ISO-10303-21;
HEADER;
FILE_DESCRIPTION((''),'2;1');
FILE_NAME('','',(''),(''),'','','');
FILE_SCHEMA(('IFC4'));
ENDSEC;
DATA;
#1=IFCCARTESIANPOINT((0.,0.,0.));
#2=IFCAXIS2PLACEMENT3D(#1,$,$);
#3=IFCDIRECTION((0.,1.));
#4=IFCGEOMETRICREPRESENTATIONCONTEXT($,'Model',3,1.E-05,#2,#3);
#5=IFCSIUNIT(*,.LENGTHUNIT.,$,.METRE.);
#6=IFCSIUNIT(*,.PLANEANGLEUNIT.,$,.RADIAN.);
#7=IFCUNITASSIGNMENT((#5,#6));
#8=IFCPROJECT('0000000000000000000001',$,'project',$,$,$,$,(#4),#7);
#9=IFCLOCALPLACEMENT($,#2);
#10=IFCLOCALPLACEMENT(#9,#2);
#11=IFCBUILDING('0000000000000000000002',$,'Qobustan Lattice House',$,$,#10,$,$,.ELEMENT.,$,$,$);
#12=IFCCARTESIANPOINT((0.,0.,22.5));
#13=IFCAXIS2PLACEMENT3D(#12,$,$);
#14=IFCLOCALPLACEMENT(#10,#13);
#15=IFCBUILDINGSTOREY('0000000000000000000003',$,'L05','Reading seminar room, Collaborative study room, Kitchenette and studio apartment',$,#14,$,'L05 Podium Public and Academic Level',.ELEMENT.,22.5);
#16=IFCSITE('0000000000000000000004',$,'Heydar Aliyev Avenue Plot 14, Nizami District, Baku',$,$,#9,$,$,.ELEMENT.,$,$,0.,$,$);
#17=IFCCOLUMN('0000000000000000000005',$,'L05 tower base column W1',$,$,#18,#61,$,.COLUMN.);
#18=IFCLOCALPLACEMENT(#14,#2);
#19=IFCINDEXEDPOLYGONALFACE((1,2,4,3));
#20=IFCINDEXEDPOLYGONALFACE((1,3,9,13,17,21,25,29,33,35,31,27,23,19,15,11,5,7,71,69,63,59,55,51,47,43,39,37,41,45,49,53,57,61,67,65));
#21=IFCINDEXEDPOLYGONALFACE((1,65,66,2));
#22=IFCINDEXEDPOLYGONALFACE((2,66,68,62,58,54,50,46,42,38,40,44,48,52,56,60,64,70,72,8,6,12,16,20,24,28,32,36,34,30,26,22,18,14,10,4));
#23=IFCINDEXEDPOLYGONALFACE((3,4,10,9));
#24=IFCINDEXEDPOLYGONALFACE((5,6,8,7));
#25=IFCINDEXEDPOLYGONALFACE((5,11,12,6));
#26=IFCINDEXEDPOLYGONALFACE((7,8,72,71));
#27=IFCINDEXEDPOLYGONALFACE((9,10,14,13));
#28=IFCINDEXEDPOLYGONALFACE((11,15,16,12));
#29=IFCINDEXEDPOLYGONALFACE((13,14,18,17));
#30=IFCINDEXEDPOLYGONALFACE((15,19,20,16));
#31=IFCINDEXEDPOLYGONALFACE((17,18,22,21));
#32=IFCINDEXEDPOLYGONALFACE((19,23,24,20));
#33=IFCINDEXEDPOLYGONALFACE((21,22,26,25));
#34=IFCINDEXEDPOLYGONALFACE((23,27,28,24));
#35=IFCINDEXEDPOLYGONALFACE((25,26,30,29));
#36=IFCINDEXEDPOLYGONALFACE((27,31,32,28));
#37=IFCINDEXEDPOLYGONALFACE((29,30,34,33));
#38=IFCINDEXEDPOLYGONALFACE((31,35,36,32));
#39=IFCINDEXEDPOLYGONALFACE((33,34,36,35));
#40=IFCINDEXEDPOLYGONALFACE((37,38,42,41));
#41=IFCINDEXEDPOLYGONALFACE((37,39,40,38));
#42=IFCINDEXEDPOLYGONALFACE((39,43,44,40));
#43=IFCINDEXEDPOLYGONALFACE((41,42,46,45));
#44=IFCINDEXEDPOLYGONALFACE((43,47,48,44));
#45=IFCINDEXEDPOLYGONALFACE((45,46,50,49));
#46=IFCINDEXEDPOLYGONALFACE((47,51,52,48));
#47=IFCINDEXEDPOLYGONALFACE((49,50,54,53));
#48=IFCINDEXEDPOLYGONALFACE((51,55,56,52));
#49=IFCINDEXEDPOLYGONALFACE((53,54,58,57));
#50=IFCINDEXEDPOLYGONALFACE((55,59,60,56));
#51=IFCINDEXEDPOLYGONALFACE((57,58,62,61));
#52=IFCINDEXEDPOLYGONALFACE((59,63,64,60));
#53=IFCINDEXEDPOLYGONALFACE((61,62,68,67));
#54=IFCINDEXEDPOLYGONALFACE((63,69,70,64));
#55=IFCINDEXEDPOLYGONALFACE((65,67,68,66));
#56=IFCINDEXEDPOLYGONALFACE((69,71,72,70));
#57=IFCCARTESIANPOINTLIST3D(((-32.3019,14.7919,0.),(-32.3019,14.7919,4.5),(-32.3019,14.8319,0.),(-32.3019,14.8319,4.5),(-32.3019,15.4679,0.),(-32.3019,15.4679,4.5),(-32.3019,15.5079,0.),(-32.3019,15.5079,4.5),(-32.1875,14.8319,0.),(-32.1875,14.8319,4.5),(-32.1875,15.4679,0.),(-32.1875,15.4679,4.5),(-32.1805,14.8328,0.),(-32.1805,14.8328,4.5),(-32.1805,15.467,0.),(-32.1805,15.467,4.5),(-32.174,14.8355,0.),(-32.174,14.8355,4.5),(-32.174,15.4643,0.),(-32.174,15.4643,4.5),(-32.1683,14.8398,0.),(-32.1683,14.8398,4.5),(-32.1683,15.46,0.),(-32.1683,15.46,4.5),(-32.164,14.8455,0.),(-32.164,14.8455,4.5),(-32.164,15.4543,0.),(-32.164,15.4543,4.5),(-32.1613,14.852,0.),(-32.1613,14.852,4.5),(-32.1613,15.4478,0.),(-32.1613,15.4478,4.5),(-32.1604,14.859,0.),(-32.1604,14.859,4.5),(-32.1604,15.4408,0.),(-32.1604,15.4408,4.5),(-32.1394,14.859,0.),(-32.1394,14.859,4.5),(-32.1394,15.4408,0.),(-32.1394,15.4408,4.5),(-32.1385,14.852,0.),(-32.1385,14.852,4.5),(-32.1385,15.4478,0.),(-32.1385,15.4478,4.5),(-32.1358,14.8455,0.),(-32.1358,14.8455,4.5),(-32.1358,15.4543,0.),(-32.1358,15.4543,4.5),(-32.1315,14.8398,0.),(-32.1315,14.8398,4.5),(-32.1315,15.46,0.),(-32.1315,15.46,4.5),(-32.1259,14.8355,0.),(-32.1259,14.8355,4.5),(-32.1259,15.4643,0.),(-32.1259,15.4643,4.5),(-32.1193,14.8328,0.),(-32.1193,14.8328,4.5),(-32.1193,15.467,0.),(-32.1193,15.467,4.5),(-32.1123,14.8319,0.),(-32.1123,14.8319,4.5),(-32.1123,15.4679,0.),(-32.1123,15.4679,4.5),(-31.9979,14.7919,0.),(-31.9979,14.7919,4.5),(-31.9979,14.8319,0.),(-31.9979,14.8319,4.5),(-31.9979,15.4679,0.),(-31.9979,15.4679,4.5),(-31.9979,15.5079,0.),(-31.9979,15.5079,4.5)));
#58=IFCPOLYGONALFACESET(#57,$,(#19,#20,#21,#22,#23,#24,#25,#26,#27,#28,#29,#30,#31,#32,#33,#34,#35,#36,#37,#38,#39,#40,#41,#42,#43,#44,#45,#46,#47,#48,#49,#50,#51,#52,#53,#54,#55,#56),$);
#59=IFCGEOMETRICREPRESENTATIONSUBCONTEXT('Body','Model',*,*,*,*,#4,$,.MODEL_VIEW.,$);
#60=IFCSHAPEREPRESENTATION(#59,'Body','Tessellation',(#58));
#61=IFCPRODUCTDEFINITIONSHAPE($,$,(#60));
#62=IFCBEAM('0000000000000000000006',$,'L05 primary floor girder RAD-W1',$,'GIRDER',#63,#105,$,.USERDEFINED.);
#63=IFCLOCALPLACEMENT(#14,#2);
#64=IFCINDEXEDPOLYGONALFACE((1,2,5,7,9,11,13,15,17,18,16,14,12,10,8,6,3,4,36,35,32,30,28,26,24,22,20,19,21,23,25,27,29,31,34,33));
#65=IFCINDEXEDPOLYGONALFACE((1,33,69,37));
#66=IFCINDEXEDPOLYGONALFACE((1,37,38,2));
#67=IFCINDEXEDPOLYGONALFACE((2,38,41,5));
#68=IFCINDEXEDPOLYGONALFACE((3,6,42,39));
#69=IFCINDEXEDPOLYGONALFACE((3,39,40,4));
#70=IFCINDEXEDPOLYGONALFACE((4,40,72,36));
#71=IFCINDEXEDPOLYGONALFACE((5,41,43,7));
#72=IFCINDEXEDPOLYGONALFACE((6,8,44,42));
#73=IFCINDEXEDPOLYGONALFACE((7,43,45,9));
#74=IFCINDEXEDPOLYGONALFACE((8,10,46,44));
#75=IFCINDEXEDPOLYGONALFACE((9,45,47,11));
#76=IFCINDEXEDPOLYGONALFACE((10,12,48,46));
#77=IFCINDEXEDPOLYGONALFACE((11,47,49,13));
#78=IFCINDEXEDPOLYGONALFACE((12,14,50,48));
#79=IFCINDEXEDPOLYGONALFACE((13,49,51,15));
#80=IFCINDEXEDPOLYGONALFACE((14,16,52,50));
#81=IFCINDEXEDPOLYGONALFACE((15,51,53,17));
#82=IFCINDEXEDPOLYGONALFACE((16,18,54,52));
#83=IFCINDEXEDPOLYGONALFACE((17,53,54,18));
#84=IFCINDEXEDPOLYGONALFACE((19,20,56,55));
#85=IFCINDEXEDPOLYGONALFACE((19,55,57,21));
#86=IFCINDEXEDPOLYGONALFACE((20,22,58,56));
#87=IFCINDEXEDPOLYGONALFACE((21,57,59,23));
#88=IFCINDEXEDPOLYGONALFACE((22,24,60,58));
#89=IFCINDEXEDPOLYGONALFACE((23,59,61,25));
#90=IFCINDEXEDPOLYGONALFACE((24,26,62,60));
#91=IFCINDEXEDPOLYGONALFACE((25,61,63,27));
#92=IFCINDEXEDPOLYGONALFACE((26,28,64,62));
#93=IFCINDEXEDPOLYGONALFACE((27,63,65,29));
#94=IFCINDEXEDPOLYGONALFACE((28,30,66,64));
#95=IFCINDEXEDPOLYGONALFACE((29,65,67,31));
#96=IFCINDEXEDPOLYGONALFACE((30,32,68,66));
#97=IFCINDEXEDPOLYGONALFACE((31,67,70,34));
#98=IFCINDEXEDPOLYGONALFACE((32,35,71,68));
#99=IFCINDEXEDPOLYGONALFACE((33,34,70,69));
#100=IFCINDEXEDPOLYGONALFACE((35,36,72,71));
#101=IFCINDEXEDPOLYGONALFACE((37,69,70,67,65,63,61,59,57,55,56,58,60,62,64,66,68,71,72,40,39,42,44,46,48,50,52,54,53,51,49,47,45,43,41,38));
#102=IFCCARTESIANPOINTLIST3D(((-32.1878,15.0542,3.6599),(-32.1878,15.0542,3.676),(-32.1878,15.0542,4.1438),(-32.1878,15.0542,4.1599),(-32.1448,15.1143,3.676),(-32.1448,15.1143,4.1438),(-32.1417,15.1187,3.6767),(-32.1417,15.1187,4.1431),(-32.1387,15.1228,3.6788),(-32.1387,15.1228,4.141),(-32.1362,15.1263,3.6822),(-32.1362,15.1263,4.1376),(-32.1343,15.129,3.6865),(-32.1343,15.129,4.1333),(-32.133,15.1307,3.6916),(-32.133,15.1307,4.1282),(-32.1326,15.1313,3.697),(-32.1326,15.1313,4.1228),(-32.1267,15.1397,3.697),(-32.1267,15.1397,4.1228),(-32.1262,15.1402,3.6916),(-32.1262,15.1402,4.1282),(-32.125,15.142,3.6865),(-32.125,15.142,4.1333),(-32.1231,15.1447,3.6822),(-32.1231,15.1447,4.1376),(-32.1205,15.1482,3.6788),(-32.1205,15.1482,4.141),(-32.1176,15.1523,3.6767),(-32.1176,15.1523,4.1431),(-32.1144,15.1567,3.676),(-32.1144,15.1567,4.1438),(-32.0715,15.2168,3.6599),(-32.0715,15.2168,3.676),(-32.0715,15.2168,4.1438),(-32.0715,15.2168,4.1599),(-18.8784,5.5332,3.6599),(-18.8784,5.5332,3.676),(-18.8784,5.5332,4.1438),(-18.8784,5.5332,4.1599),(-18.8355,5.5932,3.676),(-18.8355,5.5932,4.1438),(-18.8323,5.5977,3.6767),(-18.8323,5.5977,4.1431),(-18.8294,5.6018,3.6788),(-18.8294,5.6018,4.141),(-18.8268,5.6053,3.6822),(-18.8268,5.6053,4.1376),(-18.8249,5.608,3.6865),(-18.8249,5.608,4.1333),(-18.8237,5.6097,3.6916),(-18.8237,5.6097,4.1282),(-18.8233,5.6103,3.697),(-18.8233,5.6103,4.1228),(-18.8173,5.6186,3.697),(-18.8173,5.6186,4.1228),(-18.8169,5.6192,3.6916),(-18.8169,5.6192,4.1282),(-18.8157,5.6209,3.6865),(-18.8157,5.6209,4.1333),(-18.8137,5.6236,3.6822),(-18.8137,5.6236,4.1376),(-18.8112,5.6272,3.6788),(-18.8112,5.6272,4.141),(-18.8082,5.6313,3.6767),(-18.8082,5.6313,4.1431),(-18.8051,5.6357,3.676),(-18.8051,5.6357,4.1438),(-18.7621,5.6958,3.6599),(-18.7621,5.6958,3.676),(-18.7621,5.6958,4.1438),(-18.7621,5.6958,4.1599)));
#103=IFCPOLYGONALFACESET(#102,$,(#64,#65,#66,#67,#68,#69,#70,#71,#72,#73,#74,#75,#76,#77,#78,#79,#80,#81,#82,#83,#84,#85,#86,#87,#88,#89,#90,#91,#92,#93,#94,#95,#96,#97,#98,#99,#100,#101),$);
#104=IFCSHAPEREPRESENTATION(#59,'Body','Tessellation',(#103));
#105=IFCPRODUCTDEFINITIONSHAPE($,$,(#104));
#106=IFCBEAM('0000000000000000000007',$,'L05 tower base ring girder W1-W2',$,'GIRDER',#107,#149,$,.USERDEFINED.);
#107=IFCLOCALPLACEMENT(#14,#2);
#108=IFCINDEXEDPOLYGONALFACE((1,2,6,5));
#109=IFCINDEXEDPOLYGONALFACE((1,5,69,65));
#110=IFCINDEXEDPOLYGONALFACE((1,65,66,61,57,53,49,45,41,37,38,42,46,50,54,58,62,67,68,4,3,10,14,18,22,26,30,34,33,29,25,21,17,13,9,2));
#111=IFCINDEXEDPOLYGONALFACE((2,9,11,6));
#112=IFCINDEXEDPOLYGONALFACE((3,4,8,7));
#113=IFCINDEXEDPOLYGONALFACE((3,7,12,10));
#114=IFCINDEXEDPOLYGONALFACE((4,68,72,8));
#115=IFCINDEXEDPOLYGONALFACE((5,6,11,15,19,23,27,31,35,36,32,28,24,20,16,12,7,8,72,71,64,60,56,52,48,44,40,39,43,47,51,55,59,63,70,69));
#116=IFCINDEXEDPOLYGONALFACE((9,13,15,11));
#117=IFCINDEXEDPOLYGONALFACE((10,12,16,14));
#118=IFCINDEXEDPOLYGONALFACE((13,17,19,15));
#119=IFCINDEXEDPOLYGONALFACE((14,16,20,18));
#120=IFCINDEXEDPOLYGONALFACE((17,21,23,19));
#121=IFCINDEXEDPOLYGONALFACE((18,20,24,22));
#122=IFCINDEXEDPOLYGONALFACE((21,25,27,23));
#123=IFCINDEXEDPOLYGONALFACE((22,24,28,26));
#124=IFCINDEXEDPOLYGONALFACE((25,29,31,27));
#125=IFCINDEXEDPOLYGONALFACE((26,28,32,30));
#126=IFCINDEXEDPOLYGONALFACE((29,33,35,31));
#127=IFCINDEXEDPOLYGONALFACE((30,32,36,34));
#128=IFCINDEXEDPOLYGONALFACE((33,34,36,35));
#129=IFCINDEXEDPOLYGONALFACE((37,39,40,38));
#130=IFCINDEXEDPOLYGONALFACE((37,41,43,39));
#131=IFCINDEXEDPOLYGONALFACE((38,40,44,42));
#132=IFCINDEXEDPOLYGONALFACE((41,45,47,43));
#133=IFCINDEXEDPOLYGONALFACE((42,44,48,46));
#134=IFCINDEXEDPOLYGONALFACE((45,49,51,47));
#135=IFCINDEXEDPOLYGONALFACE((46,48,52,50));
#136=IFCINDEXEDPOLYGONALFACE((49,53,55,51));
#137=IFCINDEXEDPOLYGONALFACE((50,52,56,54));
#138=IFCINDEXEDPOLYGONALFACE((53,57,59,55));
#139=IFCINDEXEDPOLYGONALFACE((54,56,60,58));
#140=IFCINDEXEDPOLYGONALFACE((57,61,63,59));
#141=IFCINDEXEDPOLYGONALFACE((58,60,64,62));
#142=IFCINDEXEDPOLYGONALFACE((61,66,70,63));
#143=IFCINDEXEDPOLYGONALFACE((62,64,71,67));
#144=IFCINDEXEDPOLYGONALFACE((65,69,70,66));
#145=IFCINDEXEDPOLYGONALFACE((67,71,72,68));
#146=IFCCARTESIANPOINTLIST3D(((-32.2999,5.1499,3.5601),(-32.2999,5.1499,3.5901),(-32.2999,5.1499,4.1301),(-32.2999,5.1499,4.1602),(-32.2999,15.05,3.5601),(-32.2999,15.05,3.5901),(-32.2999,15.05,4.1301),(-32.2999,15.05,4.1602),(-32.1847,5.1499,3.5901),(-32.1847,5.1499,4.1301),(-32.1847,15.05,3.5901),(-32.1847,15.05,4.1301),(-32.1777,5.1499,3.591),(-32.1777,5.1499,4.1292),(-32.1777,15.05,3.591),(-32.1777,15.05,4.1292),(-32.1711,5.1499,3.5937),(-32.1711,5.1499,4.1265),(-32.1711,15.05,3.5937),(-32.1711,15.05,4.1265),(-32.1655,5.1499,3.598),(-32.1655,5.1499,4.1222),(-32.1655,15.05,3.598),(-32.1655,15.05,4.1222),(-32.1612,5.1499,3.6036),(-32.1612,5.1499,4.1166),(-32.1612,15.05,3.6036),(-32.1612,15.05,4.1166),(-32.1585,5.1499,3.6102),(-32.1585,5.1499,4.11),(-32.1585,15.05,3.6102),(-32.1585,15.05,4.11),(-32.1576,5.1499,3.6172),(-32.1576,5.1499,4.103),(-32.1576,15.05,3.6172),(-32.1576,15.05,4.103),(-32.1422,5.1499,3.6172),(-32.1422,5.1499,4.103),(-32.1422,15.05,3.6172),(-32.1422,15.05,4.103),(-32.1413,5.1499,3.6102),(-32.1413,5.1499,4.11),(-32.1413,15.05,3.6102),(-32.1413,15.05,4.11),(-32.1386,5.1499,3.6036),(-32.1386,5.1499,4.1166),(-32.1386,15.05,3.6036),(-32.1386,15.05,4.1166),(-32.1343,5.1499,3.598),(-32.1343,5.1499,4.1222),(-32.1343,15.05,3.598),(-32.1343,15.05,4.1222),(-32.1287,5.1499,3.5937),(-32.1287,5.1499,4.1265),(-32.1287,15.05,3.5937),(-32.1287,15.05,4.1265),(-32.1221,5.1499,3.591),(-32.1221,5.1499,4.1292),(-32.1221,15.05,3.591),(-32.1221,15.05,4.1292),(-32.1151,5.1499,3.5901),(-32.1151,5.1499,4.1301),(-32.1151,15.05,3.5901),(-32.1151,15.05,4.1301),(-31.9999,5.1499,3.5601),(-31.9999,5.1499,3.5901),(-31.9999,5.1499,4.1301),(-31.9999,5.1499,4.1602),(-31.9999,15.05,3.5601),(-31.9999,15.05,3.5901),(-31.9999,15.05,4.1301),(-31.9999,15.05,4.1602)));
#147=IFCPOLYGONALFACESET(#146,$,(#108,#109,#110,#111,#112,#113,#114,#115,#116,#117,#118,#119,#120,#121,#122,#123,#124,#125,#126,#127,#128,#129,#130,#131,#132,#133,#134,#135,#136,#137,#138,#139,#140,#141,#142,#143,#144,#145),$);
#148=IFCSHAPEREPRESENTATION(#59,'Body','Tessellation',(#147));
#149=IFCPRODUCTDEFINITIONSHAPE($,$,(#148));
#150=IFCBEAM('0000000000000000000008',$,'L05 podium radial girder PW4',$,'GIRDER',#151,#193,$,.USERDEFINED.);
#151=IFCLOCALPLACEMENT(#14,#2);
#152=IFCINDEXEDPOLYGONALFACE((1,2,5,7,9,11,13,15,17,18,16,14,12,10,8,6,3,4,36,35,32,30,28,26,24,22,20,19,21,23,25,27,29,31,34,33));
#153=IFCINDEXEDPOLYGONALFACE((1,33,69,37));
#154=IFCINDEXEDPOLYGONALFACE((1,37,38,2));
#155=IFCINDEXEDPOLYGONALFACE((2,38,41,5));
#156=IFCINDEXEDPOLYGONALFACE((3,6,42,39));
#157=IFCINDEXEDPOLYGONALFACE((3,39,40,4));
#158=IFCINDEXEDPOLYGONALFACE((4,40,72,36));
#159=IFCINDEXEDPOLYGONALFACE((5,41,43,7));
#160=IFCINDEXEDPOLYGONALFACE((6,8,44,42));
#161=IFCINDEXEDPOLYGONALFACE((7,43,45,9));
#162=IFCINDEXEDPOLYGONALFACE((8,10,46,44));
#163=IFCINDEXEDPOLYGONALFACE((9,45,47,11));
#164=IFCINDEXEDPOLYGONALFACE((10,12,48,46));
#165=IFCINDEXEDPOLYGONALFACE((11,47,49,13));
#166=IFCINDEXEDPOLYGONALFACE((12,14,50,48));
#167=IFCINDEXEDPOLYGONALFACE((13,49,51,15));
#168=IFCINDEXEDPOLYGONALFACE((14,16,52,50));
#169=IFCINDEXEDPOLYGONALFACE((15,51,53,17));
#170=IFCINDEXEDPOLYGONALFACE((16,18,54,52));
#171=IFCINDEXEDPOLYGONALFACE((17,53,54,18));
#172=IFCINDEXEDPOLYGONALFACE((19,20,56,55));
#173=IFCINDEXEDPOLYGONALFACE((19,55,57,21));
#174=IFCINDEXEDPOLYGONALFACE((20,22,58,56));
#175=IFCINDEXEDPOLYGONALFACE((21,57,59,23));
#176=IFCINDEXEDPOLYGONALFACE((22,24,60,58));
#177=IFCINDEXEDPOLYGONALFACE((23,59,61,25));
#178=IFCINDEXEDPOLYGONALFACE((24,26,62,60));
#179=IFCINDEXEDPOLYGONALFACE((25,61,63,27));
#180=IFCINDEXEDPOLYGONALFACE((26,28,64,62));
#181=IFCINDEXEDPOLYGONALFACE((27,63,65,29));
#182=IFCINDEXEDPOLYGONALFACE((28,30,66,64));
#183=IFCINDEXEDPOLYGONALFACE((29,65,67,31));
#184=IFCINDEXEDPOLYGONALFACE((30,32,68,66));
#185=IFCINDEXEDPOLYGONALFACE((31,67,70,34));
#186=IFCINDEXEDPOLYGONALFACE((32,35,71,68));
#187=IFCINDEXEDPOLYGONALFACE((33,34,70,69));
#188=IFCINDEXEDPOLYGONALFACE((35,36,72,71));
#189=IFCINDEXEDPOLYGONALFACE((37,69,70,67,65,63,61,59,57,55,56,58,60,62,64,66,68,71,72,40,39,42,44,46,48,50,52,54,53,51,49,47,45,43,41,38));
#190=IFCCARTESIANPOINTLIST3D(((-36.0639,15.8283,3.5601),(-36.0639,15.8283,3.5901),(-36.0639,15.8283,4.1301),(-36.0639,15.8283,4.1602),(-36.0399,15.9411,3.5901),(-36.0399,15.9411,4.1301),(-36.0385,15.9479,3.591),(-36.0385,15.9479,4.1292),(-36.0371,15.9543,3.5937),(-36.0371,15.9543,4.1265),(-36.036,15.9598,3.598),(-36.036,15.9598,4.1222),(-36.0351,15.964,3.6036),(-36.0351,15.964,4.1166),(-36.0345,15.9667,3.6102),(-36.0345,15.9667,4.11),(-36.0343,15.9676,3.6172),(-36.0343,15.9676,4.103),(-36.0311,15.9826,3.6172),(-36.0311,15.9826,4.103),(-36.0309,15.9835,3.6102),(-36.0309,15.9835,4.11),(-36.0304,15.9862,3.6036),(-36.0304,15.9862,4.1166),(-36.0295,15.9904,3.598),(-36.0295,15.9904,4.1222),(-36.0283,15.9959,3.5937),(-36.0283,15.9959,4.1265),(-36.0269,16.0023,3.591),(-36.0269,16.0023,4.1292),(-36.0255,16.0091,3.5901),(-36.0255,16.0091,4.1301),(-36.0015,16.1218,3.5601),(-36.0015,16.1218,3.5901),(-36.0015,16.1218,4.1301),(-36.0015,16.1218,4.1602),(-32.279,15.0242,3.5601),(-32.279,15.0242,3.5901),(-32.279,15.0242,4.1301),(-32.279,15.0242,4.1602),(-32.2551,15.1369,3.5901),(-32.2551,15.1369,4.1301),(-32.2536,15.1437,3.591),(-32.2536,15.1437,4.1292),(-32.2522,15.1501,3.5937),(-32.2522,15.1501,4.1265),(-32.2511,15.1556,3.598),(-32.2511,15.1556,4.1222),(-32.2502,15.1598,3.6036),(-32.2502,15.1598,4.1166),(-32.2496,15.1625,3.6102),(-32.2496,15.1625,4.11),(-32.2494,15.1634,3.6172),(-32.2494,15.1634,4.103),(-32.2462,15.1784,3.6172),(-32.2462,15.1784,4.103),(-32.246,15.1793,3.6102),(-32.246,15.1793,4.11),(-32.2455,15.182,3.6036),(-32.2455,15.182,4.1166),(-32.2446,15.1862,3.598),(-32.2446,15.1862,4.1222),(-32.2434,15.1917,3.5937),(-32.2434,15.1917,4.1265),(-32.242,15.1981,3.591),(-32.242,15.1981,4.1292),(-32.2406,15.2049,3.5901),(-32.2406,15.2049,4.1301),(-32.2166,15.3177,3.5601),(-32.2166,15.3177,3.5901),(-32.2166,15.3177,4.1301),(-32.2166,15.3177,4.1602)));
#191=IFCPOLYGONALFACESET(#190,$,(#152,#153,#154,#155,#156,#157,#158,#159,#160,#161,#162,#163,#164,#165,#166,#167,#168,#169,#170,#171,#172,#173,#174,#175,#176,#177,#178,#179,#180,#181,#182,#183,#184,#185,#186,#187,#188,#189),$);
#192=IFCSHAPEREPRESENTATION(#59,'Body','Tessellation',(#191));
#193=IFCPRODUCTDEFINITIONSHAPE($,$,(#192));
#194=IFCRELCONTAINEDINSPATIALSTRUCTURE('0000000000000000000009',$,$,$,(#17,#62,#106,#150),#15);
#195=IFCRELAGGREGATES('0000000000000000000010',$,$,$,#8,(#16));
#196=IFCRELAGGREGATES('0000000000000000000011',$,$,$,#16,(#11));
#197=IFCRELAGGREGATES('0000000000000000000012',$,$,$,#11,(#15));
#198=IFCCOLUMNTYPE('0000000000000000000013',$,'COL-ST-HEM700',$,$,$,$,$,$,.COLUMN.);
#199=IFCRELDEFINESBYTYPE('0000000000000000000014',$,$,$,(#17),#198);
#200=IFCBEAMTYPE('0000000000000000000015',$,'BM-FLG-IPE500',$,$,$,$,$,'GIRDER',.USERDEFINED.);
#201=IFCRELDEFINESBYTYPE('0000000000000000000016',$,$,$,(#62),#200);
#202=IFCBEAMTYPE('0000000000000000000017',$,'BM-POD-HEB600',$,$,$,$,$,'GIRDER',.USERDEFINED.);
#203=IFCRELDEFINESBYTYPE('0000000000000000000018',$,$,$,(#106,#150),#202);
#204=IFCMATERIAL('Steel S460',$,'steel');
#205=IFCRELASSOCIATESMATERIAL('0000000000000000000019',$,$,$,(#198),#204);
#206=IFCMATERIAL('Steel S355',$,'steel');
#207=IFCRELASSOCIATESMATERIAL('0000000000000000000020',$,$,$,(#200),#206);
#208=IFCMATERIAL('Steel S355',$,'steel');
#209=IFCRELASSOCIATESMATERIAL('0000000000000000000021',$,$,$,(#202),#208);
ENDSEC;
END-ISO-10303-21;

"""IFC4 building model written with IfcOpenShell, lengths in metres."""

from ifc_helpers import new_model, si_unit, direction, frame, origin, origin_2d, place, context, subcontext, project, spatial, i_section, extrude, material, material_profile, profile_set, type_object, element, save


model = new_model("IFC4")

# Units and contexts
model_context = context("Model", 3, precision=1e-05, world=origin(), true_north=direction((0.0, 1.0)))
body_context = subcontext(model_context, "Body", "Model", "MODEL_VIEW")
ifc_project = project(units=[si_unit("LENGTHUNIT", "METRE"), si_unit("PLANEANGLEUNIT", "RADIAN")], contexts=[model_context])

# Site, building, storey
site_placement = place(None, origin())
site = spatial("IfcSite", under=ifc_project, at=site_placement, Name="Heydar Aliyev Avenue Plot 14, Nizami District, Baku", CompositionType="ELEMENT", RefElevation=0.0)
building_placement = place(site_placement, origin())
building = spatial("IfcBuilding", under=site, at=building_placement, Name="Qobustan Lattice House", CompositionType="ELEMENT")
storey_placement = place(building_placement, frame((0.0, 0.0, 22.5)))
storey = spatial("IfcBuildingStorey", under=building, at=storey_placement, Name="L05", Description="Reading seminar room, Collaborative study room, Kitchenette and studio apartment", LongName="L05 Podium Public and Academic Level", CompositionType="ELEMENT", Elevation=22.5)

# Column
ifc_material_1 = material(Name="Steel S460", Category="steel")
ifc_material_profile_1 = material_profile(ifc_material_1, i_section(OverallWidth=0.304, OverallDepth=0.7161, WebThickness=0.021, FlangeThickness=0.04, FilletRadius=0.0271, at=origin_2d()), Name="HEM700")
ifc_profile_set_1 = profile_set([ifc_material_profile_1], Name="Steel S460")
column_type = type_object("IfcColumnType", Name="COL-ST-HEM700", PredefinedType="COLUMN", material=ifc_profile_set_1)
column_placement = place(storey_placement, frame((-32.1499, 15.1499, 0.0), z_axis=(0.0, 0.0, 1.0), x_axis=(1.0, 0.0, 0.0)))
element("IfcColumn", 1, at=column_placement, inside=storey, type_object=column_type, Name="L05 tower base column W1", PredefinedType="COLUMN", context=body_context, shape_type="SweptSolid", body=[
    extrude(i_section(OverallWidth=0.304, OverallDepth=0.7161, WebThickness=0.021, FlangeThickness=0.04, FilletRadius=0.0271, at=origin_2d()), origin(), (0.0, 0.0, 1.0), 4.5),
])

# Beams
ifc_material_2 = material(Name="Steel S355", Category="steel")
ifc_material_profile_2 = material_profile(ifc_material_2, i_section(OverallWidth=0.2, OverallDepth=0.5, WebThickness=0.0103, FlangeThickness=0.0161, FilletRadius=0.021, at=origin_2d()), Name="IPE500")
ifc_profile_set_2 = profile_set([ifc_material_profile_2], Name="Steel S355")
beam_type_1 = type_object("IfcBeamType", Name="BM-FLG-IPE500", ElementType="GIRDER", PredefinedType="USERDEFINED", material=ifc_profile_set_2)
beam_1_placement = place(storey_placement, frame((-32.1296, 15.1355, 3.9099), z_axis=(0.813319, -0.581818, 0.0), x_axis=(0.581818, 0.813319, 0.0)))
element("IfcBeam", 2, at=beam_1_placement, inside=storey, type_object=beam_type_1, Name="L05 primary floor girder RAD-W1", ObjectType="GIRDER", PredefinedType="USERDEFINED", context=body_context, shape_type="SweptSolid", body=[
    extrude(i_section(OverallWidth=0.2, OverallDepth=0.5, WebThickness=0.0103, FlangeThickness=0.0161, FilletRadius=0.021, at=origin_2d()), origin(), (0.0, 0.0, 1.0), 16.3643),
])
ifc_material_3 = material(Name="Steel S355", Category="steel")
ifc_material_profile_3 = material_profile(ifc_material_3, i_section(OverallWidth=0.3, OverallDepth=0.6001, WebThickness=0.0154, FlangeThickness=0.03, FilletRadius=0.0271, at=origin_2d()), Name="HEB600")
ifc_profile_set_3 = profile_set([ifc_material_profile_3], Name="Steel S355")
beam_type_2 = type_object("IfcBeamType", Name="BM-POD-HEB600", ElementType="GIRDER", PredefinedType="USERDEFINED", material=ifc_profile_set_3)
beam_2_placement = place(storey_placement, frame((-32.1499, 15.05, 3.8601), z_axis=(0.0, -1.0, 0.0), x_axis=(1.0, 0.0, 0.0)))
element("IfcBeam", 3, at=beam_2_placement, inside=storey, type_object=beam_type_2, Name="L05 tower base ring girder W1-W2", ObjectType="GIRDER", PredefinedType="USERDEFINED", context=body_context, shape_type="SweptSolid", body=[
    extrude(i_section(OverallWidth=0.3, OverallDepth=0.6001, WebThickness=0.0154, FlangeThickness=0.03, FilletRadius=0.0271, at=origin_2d()), origin(), (0.0, 0.0, 1.0), 9.9001),
])
beam_3_placement = place(storey_placement, frame((-36.0327, 15.9751, 3.8601), z_axis=(0.978164, -0.207835, 0.0), x_axis=(0.207835, 0.978164, 0.0)))
element("IfcBeam", 4, at=beam_3_placement, inside=storey, type_object=beam_type_2, Name="L05 podium radial girder PW4", ObjectType="GIRDER", PredefinedType="USERDEFINED", context=body_context, shape_type="SweptSolid", body=[
    extrude(i_section(OverallWidth=0.3, OverallDepth=0.6001, WebThickness=0.0154, FlangeThickness=0.03, FilletRadius=0.0271, at=origin_2d()), origin(), (0.0, 0.0, 1.0), 3.8694),
])

save(model, "model.ifc")
